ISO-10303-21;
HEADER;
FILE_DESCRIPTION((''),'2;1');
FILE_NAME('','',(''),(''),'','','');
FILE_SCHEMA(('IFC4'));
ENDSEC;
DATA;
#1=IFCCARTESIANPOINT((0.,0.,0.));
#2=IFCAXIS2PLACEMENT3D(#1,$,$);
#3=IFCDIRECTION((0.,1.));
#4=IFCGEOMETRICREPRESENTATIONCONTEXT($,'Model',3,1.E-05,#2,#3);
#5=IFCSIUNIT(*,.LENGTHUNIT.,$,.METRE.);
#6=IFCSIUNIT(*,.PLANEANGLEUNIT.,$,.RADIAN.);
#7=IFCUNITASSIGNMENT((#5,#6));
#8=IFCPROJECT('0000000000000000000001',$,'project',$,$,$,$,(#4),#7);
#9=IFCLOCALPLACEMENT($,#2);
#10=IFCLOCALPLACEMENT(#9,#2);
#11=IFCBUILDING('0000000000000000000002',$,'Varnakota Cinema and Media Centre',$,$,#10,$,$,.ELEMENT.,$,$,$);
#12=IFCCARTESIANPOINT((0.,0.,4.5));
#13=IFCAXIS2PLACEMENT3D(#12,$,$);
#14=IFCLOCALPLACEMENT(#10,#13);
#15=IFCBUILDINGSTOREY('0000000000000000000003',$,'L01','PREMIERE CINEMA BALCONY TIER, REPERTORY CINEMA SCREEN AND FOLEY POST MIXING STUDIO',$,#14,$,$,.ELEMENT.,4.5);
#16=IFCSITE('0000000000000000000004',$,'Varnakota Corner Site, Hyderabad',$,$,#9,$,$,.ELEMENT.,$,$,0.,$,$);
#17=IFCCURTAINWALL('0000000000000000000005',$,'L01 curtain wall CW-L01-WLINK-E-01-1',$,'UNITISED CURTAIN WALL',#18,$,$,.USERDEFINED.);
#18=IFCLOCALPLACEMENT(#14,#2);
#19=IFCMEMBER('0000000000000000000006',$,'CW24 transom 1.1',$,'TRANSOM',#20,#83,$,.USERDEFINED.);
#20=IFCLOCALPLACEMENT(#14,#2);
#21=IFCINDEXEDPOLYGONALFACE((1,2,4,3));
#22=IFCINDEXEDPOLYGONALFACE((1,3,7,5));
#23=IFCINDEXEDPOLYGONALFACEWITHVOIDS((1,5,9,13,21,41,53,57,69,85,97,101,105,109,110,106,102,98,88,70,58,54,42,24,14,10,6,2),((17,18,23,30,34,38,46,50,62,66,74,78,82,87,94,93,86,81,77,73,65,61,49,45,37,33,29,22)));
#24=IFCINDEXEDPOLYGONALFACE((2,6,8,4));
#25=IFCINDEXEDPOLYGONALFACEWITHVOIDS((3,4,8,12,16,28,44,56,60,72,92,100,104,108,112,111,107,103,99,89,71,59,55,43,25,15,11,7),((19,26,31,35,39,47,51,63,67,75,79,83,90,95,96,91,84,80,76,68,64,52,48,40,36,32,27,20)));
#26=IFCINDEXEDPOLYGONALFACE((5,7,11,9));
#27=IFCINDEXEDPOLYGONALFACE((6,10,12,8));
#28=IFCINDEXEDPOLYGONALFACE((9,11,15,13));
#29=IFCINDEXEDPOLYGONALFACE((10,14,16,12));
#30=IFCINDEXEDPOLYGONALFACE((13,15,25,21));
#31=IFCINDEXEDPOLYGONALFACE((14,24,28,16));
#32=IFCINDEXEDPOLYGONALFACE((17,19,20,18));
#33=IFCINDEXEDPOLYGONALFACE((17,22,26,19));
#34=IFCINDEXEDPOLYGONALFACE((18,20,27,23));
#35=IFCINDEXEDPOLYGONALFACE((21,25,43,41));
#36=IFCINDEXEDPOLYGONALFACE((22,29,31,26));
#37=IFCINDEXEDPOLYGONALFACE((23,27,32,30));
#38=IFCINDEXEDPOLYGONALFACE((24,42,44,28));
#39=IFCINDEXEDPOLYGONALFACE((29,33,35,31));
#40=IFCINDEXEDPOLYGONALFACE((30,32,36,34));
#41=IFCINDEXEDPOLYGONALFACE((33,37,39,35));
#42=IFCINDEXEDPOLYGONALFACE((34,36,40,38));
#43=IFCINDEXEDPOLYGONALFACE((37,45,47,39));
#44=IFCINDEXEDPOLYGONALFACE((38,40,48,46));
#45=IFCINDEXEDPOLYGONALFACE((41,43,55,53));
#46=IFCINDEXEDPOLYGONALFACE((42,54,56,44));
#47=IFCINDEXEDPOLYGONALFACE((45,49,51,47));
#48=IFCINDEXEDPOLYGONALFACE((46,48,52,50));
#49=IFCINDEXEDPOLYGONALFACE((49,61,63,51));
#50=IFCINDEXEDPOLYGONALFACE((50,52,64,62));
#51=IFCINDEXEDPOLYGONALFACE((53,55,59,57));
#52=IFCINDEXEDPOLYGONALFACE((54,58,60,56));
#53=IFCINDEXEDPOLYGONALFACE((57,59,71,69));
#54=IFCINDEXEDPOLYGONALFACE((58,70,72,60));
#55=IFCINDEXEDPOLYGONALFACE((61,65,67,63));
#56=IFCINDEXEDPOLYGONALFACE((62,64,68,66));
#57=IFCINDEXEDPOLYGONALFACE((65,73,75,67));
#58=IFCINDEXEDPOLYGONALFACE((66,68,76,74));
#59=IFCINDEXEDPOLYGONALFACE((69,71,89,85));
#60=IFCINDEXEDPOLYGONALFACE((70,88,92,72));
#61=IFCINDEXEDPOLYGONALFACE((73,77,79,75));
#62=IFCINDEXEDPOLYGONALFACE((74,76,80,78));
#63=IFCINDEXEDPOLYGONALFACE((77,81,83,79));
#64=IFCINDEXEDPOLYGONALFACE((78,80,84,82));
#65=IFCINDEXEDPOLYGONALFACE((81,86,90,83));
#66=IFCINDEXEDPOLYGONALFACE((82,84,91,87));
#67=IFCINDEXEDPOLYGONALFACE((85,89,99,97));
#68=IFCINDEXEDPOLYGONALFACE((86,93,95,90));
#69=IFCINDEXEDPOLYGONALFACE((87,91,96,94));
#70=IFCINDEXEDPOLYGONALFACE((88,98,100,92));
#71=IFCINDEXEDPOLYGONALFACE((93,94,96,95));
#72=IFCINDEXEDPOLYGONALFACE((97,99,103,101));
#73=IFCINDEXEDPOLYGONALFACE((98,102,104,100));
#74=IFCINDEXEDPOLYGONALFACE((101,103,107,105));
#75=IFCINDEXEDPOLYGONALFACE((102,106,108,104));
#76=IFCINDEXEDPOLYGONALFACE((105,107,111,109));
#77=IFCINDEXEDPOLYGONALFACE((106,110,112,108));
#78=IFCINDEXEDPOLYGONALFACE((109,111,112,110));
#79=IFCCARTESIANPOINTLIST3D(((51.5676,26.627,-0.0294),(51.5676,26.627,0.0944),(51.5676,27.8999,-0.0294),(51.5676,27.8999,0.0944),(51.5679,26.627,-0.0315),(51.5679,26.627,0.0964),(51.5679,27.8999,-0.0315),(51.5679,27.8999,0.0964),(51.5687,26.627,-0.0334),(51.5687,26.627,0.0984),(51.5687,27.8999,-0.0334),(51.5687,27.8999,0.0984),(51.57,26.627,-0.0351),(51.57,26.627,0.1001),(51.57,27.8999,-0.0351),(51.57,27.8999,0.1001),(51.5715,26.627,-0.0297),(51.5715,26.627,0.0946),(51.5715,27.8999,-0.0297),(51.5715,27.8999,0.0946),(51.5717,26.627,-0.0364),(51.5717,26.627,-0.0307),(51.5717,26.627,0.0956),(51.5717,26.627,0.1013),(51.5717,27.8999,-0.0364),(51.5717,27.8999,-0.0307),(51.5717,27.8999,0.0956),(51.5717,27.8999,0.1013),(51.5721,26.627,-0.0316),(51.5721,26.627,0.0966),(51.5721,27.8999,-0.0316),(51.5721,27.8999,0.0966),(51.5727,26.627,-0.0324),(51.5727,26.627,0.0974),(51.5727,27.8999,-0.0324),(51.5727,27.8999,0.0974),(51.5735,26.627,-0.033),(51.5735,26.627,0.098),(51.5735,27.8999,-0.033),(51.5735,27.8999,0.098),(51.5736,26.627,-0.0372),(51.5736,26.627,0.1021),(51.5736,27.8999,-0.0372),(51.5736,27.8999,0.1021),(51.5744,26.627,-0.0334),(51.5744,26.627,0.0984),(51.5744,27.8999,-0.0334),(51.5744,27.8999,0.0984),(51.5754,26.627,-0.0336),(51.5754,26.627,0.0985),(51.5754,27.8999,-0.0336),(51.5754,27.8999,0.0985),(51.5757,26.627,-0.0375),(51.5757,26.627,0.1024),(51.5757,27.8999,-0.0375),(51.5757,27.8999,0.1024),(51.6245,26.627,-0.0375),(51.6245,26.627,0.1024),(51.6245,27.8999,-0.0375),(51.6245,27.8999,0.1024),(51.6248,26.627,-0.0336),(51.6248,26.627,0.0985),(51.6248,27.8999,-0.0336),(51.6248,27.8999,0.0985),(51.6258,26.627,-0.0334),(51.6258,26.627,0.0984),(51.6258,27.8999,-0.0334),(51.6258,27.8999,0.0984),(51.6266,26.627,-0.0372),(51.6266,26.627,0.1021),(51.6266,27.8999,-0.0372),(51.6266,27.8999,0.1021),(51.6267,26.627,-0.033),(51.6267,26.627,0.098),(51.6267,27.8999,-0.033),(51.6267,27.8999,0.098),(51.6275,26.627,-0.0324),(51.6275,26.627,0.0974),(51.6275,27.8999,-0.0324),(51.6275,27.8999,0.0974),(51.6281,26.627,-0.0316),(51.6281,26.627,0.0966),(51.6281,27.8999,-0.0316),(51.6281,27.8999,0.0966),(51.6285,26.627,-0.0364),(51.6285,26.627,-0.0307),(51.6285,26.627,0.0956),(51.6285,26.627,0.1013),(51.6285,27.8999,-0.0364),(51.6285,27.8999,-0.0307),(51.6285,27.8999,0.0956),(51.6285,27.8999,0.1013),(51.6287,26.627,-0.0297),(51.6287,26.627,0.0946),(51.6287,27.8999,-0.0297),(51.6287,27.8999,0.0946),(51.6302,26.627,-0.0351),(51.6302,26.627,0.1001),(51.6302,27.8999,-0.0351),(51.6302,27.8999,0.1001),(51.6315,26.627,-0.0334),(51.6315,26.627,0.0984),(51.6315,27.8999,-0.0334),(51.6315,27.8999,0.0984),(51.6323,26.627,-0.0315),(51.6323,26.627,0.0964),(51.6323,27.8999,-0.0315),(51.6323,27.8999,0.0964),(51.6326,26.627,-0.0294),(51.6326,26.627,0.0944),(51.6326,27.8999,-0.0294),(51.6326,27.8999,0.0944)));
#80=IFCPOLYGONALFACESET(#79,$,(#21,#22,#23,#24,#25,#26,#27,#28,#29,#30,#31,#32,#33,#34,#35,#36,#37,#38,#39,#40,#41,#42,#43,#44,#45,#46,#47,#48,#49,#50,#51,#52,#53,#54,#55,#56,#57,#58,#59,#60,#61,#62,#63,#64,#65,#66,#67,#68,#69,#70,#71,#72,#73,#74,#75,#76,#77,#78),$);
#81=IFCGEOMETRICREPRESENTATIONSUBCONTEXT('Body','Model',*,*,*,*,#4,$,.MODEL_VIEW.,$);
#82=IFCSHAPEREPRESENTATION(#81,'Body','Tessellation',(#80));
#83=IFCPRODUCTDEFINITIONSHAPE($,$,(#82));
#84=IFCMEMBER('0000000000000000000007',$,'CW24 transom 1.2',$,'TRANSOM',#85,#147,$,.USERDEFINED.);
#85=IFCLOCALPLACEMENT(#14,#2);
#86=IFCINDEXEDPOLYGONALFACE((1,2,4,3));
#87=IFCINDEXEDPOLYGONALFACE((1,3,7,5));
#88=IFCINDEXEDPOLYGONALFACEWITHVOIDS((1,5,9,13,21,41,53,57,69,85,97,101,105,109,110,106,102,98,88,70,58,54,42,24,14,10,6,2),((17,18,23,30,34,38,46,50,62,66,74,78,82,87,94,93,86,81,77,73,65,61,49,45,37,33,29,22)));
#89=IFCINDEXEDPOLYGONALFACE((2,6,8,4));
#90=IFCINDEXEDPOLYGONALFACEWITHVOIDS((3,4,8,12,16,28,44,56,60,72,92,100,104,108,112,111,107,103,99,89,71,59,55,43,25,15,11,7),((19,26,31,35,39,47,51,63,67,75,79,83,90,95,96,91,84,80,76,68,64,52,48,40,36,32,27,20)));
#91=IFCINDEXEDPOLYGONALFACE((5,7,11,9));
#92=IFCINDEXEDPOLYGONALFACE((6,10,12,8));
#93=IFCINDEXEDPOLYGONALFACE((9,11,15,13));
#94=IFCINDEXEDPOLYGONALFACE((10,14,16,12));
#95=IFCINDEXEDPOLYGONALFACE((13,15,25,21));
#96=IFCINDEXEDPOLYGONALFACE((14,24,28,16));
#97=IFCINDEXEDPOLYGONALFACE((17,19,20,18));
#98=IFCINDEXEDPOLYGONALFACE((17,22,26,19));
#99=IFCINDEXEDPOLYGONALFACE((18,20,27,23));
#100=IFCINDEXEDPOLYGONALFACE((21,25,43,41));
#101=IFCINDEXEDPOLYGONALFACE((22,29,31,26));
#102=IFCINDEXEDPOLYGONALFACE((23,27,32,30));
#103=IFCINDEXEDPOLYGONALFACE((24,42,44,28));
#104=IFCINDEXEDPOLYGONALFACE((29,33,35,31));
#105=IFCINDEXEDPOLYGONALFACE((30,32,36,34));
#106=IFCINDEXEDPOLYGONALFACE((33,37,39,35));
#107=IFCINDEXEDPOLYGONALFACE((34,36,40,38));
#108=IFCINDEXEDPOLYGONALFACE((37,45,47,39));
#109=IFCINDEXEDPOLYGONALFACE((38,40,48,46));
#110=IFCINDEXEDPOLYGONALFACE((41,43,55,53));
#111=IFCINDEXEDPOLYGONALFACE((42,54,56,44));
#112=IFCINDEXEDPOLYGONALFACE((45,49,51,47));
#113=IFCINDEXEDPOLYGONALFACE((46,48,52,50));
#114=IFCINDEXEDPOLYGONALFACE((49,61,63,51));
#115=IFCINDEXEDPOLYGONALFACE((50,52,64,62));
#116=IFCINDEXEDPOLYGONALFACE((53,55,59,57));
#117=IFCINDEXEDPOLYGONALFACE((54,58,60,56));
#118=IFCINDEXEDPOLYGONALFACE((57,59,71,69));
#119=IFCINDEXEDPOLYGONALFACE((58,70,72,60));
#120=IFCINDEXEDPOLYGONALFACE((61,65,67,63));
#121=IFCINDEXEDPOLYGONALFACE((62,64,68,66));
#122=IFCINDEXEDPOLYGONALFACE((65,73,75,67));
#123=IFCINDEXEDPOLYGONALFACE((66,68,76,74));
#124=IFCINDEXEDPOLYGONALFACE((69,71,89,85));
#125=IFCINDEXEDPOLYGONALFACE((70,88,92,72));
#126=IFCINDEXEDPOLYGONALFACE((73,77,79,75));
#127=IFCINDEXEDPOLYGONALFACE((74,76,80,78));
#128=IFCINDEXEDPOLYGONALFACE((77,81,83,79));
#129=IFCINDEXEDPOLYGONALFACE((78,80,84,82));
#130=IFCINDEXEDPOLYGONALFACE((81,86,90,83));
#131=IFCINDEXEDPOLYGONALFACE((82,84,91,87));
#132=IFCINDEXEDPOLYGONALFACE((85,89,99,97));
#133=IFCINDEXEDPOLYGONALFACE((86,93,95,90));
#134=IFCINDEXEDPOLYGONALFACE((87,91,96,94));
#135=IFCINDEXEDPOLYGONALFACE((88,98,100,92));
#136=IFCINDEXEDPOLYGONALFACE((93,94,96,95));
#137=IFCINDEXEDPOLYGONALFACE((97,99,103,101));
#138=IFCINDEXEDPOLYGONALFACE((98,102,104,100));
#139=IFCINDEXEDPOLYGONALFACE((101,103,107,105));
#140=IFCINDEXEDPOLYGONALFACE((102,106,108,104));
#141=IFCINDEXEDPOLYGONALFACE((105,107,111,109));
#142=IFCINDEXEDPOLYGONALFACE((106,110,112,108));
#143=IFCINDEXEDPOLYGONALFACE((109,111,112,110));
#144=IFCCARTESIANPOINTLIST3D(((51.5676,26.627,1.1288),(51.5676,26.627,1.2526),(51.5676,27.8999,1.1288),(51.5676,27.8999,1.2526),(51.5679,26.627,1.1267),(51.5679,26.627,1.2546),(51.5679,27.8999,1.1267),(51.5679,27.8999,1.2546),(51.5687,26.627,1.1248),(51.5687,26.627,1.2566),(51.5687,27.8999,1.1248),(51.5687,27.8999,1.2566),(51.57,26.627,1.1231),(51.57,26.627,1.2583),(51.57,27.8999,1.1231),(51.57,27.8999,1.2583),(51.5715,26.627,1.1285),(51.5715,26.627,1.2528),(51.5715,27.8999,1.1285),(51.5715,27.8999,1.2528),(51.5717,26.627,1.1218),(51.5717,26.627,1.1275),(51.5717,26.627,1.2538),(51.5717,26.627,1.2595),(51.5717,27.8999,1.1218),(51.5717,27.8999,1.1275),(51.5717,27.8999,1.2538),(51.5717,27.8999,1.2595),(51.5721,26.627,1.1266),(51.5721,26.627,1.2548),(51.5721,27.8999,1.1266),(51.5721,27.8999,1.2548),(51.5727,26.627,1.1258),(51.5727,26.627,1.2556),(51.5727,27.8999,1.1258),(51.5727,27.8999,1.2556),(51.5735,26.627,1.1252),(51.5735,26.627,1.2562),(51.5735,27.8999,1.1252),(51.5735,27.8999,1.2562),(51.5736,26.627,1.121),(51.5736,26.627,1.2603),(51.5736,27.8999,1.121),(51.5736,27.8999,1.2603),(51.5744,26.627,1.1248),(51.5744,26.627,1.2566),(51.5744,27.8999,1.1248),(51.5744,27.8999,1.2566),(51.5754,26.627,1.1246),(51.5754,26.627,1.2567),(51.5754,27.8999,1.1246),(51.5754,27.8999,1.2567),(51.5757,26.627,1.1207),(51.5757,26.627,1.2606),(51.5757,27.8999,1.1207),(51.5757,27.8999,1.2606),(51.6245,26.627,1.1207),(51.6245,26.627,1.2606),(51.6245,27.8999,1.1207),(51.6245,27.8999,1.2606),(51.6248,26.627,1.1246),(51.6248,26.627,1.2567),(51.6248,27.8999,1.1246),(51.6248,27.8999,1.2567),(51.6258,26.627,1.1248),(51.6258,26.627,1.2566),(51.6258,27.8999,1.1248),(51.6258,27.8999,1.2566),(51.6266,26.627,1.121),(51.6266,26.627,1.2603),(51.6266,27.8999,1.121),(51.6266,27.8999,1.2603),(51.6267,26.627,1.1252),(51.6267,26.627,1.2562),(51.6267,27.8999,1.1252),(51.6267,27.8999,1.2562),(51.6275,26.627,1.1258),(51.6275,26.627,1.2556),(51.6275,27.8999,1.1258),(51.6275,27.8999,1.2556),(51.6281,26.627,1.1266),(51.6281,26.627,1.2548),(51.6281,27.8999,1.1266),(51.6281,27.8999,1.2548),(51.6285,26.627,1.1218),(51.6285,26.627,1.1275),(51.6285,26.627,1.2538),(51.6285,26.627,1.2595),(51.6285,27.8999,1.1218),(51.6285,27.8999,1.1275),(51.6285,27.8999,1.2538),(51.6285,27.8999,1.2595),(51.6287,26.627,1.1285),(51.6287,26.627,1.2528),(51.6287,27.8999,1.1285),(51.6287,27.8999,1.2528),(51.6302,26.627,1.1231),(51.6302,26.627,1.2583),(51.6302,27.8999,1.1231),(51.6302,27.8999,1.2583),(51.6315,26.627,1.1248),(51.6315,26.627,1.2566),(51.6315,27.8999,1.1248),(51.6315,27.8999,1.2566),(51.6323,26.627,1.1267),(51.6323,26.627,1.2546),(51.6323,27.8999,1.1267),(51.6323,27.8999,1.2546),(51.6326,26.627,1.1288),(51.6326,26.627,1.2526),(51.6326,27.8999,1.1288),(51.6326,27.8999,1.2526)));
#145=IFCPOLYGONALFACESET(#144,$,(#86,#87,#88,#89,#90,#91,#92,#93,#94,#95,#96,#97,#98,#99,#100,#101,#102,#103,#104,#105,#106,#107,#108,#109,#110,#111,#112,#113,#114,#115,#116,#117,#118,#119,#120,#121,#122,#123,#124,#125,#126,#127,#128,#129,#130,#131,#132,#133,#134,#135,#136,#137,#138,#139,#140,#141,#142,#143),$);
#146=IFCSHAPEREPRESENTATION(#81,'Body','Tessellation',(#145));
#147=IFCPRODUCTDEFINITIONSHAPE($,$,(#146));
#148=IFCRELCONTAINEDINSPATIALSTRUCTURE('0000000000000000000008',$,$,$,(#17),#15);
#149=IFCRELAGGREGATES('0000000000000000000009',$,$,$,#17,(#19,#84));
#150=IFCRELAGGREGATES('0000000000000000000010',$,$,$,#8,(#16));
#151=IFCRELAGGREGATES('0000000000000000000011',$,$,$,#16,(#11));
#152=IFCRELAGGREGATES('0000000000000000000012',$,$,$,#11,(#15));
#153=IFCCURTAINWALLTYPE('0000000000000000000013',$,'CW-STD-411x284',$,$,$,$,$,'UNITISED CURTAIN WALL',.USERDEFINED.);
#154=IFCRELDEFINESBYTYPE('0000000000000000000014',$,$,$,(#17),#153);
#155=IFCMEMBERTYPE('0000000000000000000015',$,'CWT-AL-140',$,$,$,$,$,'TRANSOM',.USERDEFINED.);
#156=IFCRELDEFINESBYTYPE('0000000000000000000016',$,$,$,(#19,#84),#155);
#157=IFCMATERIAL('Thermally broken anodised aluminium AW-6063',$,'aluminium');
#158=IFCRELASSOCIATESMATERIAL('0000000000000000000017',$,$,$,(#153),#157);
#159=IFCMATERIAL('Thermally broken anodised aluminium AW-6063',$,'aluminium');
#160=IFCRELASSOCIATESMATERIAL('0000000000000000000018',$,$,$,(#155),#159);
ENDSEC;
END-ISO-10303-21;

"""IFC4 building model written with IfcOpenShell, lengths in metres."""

from ifc_helpers import new_model, si_unit, direction, frame, origin, origin_2d, place, context, subcontext, project, spatial, hollow_rectangle, extrude, material, material_profile, profile_set, type_object, element, aggregate, save


model = new_model("IFC4")

# Units and contexts
model_context = context("Model", 3, precision=1e-05, world=origin(), true_north=direction((0.0, 1.0)))
body_context = subcontext(model_context, "Body", "Model", "MODEL_VIEW")
ifc_project = project(units=[si_unit("LENGTHUNIT", "METRE"), si_unit("PLANEANGLEUNIT", "RADIAN")], contexts=[model_context])

# Site, building, storey
site_placement = place(None, origin())
site = spatial("IfcSite", under=ifc_project, at=site_placement, Name="Varnakota Corner Site, Hyderabad", CompositionType="ELEMENT", RefElevation=0.0)
building_placement = place(site_placement, origin())
building = spatial("IfcBuilding", under=site, at=building_placement, Name="Varnakota Cinema and Media Centre", CompositionType="ELEMENT")
storey_placement = place(building_placement, frame((0.0, 0.0, 4.5)))
storey = spatial("IfcBuildingStorey", under=building, at=storey_placement, Name="L01", Description="PREMIERE CINEMA BALCONY TIER, REPERTORY CINEMA SCREEN AND FOLEY POST MIXING STUDIO", CompositionType="ELEMENT", Elevation=4.5)

# Curtain wall
ifc_material_1 = material(Name="Thermally broken anodised aluminium AW-6063", Category="aluminium")
curtain_wall_type_1 = type_object("IfcCurtainWallType", Name="CW-STD-411x284", ElementType="UNITISED CURTAIN WALL", PredefinedType="USERDEFINED", material=ifc_material_1)
curtain_wall_1_placement = place(storey_placement, origin())
curtain_wall_1 = element("IfcCurtainWall", 1, at=curtain_wall_1_placement, inside=storey, type_object=curtain_wall_type_1, Name="L01 curtain wall CW-L01-WLINK-E-01-1", ObjectType="UNITISED CURTAIN WALL", PredefinedType="USERDEFINED")

# Members
ifc_material_2 = material(Name="Thermally broken anodised aluminium AW-6063", Category="aluminium")
ifc_material_profile_1 = material_profile(ifc_material_2, hollow_rectangle(XDim=0.0649, YDim=0.1399, WallThickness=0.0039, InnerFilletRadius=0.0039, OuterFilletRadius=0.0081, at=origin_2d()), Name="AL-TRANSOM 140x65x4")
ifc_profile_set_1 = profile_set([ifc_material_profile_1], Name="Thermally broken anodised aluminium AW-6063")
member_type_1 = type_object("IfcMemberType", Name="CWT-AL-140", ElementType="TRANSOM", PredefinedType="USERDEFINED", material=ifc_profile_set_1)
member_1_placement = place(storey_placement, frame((51.6001, 26.627, 0.0325), z_axis=(0.0, 1.0, 0.0), x_axis=(-1.0, 0.0, 0.0)))
member_1 = element("IfcMember", 2, at=member_1_placement, type_object=member_type_1, Name="CW24 transom 1.1", ObjectType="TRANSOM", PredefinedType="USERDEFINED", context=body_context, shape_type="SweptSolid", body=[
    extrude(hollow_rectangle(XDim=0.0649, YDim=0.1399, WallThickness=0.0039, InnerFilletRadius=0.0039, OuterFilletRadius=0.0081, at=origin_2d()), origin(), (0.0, 0.0, 1.0), 1.2729),
])
member_2_placement = place(storey_placement, frame((51.6001, 26.627, 1.1907), z_axis=(0.0, 1.0, 0.0), x_axis=(-1.0, 0.0, 0.0)))
member_2 = element("IfcMember", 3, at=member_2_placement, type_object=member_type_1, Name="CW24 transom 1.2", ObjectType="TRANSOM", PredefinedType="USERDEFINED", context=body_context, shape_type="SweptSolid", body=[
    extrude(hollow_rectangle(XDim=0.0649, YDim=0.1399, WallThickness=0.0039, InnerFilletRadius=0.0039, OuterFilletRadius=0.0081, at=origin_2d()), origin(), (0.0, 0.0, 1.0), 1.2729),
])

aggregate(curtain_wall_1, [member_1, member_2])

save(model, "model.ifc")
